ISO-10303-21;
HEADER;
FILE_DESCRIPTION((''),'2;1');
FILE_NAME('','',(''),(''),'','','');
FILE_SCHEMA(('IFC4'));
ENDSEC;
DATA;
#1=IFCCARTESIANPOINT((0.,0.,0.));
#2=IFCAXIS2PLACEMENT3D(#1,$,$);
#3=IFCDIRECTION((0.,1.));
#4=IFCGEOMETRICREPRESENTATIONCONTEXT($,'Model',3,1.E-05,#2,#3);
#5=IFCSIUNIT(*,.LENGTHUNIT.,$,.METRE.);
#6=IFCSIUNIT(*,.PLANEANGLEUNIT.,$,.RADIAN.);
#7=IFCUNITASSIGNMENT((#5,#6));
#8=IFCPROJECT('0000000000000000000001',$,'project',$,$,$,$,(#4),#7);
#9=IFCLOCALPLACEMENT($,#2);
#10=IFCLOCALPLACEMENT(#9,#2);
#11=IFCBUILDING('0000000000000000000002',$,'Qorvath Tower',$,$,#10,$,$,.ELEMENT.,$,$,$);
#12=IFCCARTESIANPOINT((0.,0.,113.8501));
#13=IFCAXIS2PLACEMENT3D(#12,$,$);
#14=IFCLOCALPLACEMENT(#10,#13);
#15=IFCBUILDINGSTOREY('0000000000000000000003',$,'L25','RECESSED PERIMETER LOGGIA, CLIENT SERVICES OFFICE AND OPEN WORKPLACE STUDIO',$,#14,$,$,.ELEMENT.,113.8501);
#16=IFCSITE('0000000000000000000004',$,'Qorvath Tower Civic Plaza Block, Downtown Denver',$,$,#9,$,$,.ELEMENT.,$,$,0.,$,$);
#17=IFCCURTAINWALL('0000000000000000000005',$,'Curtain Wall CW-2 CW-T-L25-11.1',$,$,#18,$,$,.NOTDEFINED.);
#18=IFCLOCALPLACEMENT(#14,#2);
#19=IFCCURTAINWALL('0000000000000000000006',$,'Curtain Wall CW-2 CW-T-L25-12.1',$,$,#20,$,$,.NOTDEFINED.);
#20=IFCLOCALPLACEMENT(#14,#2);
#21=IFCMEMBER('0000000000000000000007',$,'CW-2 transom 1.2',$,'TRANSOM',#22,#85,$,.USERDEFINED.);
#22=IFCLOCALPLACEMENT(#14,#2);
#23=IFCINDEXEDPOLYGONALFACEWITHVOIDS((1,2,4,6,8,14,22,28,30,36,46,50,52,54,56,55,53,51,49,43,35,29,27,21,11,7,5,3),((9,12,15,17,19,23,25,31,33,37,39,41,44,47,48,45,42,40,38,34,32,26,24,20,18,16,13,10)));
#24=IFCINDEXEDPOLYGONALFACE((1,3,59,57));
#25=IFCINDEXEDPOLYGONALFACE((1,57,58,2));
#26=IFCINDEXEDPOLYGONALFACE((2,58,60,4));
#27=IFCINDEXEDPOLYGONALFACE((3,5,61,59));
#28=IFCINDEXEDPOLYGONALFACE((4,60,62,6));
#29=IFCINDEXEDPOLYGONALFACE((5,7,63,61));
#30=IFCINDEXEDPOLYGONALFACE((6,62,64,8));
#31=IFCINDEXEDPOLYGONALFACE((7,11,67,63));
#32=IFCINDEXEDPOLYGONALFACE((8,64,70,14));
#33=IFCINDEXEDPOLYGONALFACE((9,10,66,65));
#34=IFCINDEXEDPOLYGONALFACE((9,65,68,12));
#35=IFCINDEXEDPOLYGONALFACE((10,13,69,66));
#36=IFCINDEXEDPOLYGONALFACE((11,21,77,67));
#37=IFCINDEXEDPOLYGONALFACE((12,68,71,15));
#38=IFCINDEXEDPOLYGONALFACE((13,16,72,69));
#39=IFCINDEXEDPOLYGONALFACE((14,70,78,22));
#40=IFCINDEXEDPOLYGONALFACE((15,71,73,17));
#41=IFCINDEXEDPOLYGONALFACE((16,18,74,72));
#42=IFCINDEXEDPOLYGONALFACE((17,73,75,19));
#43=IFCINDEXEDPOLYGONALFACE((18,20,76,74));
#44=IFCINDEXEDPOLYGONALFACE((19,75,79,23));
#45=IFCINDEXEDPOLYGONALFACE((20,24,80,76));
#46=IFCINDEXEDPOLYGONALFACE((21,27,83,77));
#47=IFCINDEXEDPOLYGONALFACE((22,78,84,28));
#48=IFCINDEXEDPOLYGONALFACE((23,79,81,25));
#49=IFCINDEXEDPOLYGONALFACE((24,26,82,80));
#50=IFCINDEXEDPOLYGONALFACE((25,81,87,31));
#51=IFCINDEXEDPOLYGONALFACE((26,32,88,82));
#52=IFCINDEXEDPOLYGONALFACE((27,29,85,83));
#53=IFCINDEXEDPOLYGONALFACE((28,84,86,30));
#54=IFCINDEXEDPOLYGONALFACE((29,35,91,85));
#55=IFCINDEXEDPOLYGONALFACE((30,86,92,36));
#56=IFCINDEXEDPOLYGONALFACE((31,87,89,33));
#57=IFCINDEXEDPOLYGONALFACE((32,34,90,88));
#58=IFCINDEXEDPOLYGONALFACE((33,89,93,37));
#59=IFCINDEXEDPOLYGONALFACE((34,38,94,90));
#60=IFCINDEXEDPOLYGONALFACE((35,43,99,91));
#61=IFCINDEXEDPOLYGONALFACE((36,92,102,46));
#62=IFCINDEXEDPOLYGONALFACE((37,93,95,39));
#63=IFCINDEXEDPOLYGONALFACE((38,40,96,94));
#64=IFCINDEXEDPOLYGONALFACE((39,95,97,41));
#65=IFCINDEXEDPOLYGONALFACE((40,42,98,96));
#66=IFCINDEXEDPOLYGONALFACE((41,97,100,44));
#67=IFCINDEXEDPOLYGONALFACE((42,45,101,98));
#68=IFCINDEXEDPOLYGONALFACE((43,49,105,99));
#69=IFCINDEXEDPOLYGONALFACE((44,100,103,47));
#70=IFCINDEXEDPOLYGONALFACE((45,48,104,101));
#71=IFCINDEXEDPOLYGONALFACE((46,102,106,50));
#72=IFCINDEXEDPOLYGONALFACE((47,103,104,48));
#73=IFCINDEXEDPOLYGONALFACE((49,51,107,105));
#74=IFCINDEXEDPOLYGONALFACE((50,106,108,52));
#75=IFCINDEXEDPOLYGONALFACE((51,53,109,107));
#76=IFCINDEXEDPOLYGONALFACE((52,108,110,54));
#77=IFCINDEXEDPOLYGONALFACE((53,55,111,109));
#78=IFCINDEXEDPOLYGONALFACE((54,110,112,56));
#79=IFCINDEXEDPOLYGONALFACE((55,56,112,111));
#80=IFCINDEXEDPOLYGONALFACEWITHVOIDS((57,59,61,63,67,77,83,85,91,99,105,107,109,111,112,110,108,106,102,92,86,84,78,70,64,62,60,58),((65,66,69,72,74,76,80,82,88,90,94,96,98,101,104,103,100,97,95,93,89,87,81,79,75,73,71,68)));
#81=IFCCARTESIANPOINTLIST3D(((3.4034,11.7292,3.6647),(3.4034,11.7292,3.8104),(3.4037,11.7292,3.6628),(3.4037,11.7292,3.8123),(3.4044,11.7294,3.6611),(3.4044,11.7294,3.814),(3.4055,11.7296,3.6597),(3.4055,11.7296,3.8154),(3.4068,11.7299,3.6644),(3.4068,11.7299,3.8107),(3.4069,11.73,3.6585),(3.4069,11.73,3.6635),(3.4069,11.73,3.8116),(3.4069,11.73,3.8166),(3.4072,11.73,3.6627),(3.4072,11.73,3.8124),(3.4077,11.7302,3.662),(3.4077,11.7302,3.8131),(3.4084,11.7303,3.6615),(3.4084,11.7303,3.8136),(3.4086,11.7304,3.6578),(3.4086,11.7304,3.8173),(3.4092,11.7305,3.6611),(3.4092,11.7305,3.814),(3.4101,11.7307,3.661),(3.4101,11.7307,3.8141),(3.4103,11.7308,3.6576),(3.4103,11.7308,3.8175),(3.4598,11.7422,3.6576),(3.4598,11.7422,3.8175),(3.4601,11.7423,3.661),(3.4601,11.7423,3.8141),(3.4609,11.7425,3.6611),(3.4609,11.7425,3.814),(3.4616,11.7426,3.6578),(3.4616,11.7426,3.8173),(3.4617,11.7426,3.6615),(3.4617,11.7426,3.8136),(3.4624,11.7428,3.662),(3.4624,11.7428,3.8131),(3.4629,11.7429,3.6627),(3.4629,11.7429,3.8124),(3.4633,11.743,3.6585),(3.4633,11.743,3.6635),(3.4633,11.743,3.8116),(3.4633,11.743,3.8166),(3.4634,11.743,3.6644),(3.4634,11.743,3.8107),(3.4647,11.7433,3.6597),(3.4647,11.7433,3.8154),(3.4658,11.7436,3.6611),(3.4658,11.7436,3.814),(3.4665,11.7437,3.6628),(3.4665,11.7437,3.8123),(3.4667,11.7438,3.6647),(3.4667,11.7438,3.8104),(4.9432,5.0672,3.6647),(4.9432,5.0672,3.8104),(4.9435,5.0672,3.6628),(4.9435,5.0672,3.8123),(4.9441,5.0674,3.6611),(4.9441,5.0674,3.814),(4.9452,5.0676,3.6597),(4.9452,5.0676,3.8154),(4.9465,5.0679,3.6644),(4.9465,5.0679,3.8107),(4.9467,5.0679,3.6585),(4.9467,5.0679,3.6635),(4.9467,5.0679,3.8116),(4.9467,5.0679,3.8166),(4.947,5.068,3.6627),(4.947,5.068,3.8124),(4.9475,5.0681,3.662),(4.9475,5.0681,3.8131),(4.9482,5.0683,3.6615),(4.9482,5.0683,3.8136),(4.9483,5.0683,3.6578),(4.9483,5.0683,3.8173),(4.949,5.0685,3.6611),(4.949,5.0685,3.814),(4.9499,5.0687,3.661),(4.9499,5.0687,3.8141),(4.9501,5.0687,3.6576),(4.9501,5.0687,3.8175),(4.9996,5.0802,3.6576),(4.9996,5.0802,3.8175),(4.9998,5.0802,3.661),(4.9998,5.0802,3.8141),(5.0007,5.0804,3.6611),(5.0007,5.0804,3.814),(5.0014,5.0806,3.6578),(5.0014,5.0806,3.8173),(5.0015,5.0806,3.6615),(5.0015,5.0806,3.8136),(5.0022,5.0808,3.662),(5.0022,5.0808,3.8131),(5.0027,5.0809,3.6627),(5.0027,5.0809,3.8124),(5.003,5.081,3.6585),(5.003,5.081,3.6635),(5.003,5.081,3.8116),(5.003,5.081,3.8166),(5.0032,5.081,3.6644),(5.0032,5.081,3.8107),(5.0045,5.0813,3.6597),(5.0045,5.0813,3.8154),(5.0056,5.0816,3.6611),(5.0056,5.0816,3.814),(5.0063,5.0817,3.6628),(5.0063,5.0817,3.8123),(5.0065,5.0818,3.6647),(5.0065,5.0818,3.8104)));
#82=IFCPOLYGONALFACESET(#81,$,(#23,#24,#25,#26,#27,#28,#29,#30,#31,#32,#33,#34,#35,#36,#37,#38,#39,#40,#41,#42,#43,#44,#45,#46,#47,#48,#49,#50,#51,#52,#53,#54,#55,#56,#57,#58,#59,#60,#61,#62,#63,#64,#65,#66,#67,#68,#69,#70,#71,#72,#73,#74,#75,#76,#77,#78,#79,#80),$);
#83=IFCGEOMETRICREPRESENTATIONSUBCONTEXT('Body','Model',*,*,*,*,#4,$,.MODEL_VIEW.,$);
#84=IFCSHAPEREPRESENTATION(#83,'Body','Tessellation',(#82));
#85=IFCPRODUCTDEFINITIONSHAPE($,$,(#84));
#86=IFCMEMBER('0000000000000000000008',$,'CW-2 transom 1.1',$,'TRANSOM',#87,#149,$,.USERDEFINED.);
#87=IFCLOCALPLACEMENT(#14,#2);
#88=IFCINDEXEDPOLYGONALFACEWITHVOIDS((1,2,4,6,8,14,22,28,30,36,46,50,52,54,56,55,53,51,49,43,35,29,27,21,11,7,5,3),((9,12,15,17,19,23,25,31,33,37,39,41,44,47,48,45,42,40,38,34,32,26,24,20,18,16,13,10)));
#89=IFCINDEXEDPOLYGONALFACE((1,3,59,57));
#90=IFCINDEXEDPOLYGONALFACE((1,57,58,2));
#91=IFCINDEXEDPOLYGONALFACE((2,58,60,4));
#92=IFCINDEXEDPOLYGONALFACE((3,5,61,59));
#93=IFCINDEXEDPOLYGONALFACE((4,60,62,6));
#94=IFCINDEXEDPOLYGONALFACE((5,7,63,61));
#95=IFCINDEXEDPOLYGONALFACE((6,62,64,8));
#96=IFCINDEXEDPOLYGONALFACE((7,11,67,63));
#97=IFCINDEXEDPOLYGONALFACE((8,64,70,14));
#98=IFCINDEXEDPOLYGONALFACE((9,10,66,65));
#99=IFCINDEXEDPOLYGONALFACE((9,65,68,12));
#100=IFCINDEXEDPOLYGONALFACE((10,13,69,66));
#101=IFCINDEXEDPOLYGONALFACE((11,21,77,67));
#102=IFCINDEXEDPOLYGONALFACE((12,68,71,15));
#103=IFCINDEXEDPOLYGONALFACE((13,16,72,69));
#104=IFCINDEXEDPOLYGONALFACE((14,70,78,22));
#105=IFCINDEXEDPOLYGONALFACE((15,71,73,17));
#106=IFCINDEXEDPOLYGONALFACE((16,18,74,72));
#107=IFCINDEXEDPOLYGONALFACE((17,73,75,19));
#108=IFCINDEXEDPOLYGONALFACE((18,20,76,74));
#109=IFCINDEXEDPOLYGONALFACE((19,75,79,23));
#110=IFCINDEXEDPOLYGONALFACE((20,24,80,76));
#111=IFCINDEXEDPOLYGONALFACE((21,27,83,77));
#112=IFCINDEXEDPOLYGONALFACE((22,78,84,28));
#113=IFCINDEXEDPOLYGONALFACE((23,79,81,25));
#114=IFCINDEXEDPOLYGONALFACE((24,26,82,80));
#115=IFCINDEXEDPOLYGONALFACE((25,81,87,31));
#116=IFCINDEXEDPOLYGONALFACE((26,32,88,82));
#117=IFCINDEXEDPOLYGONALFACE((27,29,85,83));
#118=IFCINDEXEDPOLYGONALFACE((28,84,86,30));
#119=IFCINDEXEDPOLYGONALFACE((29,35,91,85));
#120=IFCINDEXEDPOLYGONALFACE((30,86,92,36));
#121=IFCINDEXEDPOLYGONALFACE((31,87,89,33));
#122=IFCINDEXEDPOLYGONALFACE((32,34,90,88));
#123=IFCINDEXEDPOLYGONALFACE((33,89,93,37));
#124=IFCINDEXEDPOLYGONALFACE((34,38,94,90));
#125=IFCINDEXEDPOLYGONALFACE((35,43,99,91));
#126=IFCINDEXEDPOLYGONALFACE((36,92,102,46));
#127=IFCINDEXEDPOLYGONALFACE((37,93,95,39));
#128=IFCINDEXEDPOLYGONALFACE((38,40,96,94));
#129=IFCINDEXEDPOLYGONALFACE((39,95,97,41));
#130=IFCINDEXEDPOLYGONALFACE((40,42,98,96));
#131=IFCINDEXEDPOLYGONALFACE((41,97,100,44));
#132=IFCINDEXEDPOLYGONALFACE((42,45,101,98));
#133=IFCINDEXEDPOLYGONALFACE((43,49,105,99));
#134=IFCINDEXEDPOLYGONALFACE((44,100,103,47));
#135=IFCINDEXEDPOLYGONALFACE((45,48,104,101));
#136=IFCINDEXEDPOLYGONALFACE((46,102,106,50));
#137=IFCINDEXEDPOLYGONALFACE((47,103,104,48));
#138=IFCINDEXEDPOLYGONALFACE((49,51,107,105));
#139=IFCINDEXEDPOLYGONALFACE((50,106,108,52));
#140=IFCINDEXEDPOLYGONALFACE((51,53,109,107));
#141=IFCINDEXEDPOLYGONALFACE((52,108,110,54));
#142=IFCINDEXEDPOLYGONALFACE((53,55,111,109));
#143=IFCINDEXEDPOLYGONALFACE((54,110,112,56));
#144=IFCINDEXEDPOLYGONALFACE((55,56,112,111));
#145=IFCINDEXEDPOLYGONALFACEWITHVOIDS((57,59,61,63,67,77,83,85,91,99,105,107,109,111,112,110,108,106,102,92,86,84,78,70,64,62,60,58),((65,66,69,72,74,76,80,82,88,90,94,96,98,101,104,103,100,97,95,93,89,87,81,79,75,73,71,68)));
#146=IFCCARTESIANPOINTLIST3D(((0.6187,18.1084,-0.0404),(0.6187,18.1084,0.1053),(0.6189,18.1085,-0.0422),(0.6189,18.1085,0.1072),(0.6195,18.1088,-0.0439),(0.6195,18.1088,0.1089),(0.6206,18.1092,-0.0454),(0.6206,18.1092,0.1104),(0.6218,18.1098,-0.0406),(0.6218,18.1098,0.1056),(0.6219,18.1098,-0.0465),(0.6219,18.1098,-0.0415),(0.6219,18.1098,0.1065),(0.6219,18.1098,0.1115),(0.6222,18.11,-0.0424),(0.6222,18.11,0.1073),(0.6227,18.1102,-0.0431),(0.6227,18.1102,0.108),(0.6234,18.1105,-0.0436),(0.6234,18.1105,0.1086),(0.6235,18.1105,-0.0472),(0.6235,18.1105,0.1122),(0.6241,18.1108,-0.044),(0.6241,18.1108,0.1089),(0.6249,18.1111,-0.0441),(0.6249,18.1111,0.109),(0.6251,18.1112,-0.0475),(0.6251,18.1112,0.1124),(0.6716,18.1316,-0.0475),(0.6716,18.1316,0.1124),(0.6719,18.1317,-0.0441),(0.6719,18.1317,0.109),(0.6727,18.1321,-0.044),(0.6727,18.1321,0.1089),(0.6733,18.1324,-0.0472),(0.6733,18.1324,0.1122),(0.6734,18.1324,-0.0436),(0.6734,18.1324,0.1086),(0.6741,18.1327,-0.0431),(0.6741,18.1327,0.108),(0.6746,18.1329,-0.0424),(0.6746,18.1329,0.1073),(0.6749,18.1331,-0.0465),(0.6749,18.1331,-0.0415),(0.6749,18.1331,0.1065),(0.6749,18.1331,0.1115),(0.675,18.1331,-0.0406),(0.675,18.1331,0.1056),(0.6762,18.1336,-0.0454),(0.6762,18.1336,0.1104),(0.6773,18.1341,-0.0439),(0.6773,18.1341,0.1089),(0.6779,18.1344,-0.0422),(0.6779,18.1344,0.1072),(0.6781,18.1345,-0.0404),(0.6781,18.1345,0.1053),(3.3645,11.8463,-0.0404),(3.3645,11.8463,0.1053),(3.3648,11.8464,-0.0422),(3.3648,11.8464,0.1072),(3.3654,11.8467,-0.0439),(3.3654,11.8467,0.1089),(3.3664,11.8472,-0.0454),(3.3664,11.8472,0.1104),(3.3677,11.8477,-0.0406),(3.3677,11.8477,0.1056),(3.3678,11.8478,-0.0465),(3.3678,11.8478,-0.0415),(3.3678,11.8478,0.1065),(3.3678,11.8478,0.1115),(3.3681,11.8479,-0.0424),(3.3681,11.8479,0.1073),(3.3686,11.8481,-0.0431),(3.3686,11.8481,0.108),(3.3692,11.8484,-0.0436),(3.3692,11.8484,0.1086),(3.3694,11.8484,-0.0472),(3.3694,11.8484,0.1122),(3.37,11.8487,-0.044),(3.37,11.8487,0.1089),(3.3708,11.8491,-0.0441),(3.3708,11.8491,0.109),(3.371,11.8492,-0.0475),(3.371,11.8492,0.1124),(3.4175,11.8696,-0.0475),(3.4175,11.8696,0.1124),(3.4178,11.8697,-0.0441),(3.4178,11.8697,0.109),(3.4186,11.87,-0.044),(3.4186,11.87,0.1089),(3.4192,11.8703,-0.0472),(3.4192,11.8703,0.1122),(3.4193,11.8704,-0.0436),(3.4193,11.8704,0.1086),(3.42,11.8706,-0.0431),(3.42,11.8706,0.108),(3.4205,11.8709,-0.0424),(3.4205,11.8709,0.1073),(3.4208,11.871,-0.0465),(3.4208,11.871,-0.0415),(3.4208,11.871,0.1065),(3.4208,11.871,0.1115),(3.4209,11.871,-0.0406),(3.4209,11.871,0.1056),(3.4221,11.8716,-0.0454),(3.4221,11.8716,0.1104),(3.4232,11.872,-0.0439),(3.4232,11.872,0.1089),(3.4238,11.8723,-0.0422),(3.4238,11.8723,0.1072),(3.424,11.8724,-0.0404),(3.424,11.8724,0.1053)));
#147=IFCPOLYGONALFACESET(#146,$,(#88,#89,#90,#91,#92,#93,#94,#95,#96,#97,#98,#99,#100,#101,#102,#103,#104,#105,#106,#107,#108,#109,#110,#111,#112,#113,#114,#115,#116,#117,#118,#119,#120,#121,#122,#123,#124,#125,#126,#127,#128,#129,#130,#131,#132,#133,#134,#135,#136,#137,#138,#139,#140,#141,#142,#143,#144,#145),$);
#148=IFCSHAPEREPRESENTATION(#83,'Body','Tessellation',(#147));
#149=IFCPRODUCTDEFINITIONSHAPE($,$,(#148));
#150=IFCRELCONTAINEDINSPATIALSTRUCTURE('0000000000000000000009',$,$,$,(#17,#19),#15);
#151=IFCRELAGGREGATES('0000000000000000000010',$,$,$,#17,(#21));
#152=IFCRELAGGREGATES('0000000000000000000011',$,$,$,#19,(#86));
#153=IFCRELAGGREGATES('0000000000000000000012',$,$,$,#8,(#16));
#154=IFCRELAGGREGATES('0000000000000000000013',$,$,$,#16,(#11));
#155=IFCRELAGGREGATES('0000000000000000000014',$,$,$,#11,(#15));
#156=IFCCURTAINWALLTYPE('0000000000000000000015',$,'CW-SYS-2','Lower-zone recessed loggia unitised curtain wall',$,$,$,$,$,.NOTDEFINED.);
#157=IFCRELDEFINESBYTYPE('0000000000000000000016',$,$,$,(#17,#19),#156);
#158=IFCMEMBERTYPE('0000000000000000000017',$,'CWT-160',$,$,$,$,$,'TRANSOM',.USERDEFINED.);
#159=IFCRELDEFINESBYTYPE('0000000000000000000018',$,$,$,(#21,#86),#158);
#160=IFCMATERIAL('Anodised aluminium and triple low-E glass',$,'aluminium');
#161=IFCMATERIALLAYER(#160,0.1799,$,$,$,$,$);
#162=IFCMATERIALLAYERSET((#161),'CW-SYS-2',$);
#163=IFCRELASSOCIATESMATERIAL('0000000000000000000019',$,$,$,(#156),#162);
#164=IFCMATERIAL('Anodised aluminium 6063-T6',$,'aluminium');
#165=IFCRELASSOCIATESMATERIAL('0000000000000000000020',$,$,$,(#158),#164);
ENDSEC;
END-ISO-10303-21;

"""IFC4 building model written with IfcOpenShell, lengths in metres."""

from ifc_helpers import new_model, si_unit, direction, frame, origin, origin_2d, place, context, subcontext, project, spatial, hollow_rectangle, extrude, material, layer, layer_set, material_profile, profile_set, type_object, element, aggregate, save


model = new_model("IFC4")

# Units and contexts
model_context = context("Model", 3, precision=1e-05, world=origin(), true_north=direction((0.0, 1.0)))
body_context = subcontext(model_context, "Body", "Model", "MODEL_VIEW")
ifc_project = project(units=[si_unit("LENGTHUNIT", "METRE"), si_unit("PLANEANGLEUNIT", "RADIAN")], contexts=[model_context])

# Site, building, storey
site_placement = place(None, origin())
site = spatial("IfcSite", under=ifc_project, at=site_placement, Name="Qorvath Tower Civic Plaza Block, Downtown Denver", CompositionType="ELEMENT", RefElevation=0.0)
building_placement = place(site_placement, origin())
building = spatial("IfcBuilding", under=site, at=building_placement, Name="Qorvath Tower", CompositionType="ELEMENT")
storey_placement = place(building_placement, frame((0.0, 0.0, 113.8501)))
storey = spatial("IfcBuildingStorey", under=building, at=storey_placement, Name="L25", Description="RECESSED PERIMETER LOGGIA, CLIENT SERVICES OFFICE AND OPEN WORKPLACE STUDIO", CompositionType="ELEMENT", Elevation=113.8501)

# Curtain walls
ifc_material_1 = material(Name="Anodised aluminium and triple low-E glass", Category="aluminium")
ifc_layer_1 = layer(ifc_material_1, 0.1799)
ifc_layer_set_1 = layer_set([ifc_layer_1], Name="CW-SYS-2")
curtain_wall_type = type_object("IfcCurtainWallType", Name="CW-SYS-2", Description="Lower-zone recessed loggia unitised curtain wall", PredefinedType="NOTDEFINED", material=ifc_layer_set_1)
curtain_wall_1_placement = place(storey_placement, origin())
curtain_wall_1 = element("IfcCurtainWall", 1, at=curtain_wall_1_placement, inside=storey, type_object=curtain_wall_type, Name="Curtain Wall CW-2 CW-T-L25-11.1", PredefinedType="NOTDEFINED")
curtain_wall_2_placement = place(storey_placement, origin())
curtain_wall_2 = element("IfcCurtainWall", 2, at=curtain_wall_2_placement, inside=storey, type_object=curtain_wall_type, Name="Curtain Wall CW-2 CW-T-L25-12.1", PredefinedType="NOTDEFINED")

# Members
ifc_material_2 = material(Name="Anodised aluminium 6063-T6", Category="aluminium")
ifc_material_profile_1 = material_profile(ifc_material_2, hollow_rectangle(XDim=0.0649, YDim=0.1599, WallThickness=0.0034, InnerFilletRadius=0.0034, OuterFilletRadius=0.0071, at=origin_2d()), Name="CWT 160x65")
ifc_profile_set_1 = profile_set([ifc_material_profile_1], Name="Anodised aluminium 6063-T6")
member_type_1 = type_object("IfcMemberType", Name="CWT-160", ElementType="TRANSOM", PredefinedType="USERDEFINED", material=ifc_profile_set_1)
member_1_placement = place(storey_placement, frame((4.9749, 5.0745, 3.7375), z_axis=(-0.225191, 0.974315, 0.0), x_axis=(-0.974315, -0.225191, 0.0)))
member_1 = element("IfcMember", 3, at=member_1_placement, type_object=member_type_1, Name="CW-2 transom 1.2", ObjectType="TRANSOM", PredefinedType="USERDEFINED", context=body_context, shape_type="SweptSolid", body=[
    extrude(hollow_rectangle(XDim=0.0649, YDim=0.1599, WallThickness=0.0034, InnerFilletRadius=0.0034, OuterFilletRadius=0.0071, at=origin_2d()), origin(), (0.0, 0.0, 1.0), 6.8376),
])
member_2_placement = place(storey_placement, frame((3.3943, 11.8594, 0.0325), z_axis=(-0.401585, 0.915822, 0.0), x_axis=(-0.915822, -0.401585, 0.0)))
member_2 = element("IfcMember", 4, at=member_2_placement, type_object=member_type_1, Name="CW-2 transom 1.1", ObjectType="TRANSOM", PredefinedType="USERDEFINED", context=body_context, shape_type="SweptSolid", body=[
    extrude(hollow_rectangle(XDim=0.0649, YDim=0.1599, WallThickness=0.0034, InnerFilletRadius=0.0034, OuterFilletRadius=0.0071, at=origin_2d()), origin(), (0.0, 0.0, 1.0), 6.8376),
])

aggregate(curtain_wall_1, [member_1])
aggregate(curtain_wall_2, [member_2])

save(model, "model.ifc")
